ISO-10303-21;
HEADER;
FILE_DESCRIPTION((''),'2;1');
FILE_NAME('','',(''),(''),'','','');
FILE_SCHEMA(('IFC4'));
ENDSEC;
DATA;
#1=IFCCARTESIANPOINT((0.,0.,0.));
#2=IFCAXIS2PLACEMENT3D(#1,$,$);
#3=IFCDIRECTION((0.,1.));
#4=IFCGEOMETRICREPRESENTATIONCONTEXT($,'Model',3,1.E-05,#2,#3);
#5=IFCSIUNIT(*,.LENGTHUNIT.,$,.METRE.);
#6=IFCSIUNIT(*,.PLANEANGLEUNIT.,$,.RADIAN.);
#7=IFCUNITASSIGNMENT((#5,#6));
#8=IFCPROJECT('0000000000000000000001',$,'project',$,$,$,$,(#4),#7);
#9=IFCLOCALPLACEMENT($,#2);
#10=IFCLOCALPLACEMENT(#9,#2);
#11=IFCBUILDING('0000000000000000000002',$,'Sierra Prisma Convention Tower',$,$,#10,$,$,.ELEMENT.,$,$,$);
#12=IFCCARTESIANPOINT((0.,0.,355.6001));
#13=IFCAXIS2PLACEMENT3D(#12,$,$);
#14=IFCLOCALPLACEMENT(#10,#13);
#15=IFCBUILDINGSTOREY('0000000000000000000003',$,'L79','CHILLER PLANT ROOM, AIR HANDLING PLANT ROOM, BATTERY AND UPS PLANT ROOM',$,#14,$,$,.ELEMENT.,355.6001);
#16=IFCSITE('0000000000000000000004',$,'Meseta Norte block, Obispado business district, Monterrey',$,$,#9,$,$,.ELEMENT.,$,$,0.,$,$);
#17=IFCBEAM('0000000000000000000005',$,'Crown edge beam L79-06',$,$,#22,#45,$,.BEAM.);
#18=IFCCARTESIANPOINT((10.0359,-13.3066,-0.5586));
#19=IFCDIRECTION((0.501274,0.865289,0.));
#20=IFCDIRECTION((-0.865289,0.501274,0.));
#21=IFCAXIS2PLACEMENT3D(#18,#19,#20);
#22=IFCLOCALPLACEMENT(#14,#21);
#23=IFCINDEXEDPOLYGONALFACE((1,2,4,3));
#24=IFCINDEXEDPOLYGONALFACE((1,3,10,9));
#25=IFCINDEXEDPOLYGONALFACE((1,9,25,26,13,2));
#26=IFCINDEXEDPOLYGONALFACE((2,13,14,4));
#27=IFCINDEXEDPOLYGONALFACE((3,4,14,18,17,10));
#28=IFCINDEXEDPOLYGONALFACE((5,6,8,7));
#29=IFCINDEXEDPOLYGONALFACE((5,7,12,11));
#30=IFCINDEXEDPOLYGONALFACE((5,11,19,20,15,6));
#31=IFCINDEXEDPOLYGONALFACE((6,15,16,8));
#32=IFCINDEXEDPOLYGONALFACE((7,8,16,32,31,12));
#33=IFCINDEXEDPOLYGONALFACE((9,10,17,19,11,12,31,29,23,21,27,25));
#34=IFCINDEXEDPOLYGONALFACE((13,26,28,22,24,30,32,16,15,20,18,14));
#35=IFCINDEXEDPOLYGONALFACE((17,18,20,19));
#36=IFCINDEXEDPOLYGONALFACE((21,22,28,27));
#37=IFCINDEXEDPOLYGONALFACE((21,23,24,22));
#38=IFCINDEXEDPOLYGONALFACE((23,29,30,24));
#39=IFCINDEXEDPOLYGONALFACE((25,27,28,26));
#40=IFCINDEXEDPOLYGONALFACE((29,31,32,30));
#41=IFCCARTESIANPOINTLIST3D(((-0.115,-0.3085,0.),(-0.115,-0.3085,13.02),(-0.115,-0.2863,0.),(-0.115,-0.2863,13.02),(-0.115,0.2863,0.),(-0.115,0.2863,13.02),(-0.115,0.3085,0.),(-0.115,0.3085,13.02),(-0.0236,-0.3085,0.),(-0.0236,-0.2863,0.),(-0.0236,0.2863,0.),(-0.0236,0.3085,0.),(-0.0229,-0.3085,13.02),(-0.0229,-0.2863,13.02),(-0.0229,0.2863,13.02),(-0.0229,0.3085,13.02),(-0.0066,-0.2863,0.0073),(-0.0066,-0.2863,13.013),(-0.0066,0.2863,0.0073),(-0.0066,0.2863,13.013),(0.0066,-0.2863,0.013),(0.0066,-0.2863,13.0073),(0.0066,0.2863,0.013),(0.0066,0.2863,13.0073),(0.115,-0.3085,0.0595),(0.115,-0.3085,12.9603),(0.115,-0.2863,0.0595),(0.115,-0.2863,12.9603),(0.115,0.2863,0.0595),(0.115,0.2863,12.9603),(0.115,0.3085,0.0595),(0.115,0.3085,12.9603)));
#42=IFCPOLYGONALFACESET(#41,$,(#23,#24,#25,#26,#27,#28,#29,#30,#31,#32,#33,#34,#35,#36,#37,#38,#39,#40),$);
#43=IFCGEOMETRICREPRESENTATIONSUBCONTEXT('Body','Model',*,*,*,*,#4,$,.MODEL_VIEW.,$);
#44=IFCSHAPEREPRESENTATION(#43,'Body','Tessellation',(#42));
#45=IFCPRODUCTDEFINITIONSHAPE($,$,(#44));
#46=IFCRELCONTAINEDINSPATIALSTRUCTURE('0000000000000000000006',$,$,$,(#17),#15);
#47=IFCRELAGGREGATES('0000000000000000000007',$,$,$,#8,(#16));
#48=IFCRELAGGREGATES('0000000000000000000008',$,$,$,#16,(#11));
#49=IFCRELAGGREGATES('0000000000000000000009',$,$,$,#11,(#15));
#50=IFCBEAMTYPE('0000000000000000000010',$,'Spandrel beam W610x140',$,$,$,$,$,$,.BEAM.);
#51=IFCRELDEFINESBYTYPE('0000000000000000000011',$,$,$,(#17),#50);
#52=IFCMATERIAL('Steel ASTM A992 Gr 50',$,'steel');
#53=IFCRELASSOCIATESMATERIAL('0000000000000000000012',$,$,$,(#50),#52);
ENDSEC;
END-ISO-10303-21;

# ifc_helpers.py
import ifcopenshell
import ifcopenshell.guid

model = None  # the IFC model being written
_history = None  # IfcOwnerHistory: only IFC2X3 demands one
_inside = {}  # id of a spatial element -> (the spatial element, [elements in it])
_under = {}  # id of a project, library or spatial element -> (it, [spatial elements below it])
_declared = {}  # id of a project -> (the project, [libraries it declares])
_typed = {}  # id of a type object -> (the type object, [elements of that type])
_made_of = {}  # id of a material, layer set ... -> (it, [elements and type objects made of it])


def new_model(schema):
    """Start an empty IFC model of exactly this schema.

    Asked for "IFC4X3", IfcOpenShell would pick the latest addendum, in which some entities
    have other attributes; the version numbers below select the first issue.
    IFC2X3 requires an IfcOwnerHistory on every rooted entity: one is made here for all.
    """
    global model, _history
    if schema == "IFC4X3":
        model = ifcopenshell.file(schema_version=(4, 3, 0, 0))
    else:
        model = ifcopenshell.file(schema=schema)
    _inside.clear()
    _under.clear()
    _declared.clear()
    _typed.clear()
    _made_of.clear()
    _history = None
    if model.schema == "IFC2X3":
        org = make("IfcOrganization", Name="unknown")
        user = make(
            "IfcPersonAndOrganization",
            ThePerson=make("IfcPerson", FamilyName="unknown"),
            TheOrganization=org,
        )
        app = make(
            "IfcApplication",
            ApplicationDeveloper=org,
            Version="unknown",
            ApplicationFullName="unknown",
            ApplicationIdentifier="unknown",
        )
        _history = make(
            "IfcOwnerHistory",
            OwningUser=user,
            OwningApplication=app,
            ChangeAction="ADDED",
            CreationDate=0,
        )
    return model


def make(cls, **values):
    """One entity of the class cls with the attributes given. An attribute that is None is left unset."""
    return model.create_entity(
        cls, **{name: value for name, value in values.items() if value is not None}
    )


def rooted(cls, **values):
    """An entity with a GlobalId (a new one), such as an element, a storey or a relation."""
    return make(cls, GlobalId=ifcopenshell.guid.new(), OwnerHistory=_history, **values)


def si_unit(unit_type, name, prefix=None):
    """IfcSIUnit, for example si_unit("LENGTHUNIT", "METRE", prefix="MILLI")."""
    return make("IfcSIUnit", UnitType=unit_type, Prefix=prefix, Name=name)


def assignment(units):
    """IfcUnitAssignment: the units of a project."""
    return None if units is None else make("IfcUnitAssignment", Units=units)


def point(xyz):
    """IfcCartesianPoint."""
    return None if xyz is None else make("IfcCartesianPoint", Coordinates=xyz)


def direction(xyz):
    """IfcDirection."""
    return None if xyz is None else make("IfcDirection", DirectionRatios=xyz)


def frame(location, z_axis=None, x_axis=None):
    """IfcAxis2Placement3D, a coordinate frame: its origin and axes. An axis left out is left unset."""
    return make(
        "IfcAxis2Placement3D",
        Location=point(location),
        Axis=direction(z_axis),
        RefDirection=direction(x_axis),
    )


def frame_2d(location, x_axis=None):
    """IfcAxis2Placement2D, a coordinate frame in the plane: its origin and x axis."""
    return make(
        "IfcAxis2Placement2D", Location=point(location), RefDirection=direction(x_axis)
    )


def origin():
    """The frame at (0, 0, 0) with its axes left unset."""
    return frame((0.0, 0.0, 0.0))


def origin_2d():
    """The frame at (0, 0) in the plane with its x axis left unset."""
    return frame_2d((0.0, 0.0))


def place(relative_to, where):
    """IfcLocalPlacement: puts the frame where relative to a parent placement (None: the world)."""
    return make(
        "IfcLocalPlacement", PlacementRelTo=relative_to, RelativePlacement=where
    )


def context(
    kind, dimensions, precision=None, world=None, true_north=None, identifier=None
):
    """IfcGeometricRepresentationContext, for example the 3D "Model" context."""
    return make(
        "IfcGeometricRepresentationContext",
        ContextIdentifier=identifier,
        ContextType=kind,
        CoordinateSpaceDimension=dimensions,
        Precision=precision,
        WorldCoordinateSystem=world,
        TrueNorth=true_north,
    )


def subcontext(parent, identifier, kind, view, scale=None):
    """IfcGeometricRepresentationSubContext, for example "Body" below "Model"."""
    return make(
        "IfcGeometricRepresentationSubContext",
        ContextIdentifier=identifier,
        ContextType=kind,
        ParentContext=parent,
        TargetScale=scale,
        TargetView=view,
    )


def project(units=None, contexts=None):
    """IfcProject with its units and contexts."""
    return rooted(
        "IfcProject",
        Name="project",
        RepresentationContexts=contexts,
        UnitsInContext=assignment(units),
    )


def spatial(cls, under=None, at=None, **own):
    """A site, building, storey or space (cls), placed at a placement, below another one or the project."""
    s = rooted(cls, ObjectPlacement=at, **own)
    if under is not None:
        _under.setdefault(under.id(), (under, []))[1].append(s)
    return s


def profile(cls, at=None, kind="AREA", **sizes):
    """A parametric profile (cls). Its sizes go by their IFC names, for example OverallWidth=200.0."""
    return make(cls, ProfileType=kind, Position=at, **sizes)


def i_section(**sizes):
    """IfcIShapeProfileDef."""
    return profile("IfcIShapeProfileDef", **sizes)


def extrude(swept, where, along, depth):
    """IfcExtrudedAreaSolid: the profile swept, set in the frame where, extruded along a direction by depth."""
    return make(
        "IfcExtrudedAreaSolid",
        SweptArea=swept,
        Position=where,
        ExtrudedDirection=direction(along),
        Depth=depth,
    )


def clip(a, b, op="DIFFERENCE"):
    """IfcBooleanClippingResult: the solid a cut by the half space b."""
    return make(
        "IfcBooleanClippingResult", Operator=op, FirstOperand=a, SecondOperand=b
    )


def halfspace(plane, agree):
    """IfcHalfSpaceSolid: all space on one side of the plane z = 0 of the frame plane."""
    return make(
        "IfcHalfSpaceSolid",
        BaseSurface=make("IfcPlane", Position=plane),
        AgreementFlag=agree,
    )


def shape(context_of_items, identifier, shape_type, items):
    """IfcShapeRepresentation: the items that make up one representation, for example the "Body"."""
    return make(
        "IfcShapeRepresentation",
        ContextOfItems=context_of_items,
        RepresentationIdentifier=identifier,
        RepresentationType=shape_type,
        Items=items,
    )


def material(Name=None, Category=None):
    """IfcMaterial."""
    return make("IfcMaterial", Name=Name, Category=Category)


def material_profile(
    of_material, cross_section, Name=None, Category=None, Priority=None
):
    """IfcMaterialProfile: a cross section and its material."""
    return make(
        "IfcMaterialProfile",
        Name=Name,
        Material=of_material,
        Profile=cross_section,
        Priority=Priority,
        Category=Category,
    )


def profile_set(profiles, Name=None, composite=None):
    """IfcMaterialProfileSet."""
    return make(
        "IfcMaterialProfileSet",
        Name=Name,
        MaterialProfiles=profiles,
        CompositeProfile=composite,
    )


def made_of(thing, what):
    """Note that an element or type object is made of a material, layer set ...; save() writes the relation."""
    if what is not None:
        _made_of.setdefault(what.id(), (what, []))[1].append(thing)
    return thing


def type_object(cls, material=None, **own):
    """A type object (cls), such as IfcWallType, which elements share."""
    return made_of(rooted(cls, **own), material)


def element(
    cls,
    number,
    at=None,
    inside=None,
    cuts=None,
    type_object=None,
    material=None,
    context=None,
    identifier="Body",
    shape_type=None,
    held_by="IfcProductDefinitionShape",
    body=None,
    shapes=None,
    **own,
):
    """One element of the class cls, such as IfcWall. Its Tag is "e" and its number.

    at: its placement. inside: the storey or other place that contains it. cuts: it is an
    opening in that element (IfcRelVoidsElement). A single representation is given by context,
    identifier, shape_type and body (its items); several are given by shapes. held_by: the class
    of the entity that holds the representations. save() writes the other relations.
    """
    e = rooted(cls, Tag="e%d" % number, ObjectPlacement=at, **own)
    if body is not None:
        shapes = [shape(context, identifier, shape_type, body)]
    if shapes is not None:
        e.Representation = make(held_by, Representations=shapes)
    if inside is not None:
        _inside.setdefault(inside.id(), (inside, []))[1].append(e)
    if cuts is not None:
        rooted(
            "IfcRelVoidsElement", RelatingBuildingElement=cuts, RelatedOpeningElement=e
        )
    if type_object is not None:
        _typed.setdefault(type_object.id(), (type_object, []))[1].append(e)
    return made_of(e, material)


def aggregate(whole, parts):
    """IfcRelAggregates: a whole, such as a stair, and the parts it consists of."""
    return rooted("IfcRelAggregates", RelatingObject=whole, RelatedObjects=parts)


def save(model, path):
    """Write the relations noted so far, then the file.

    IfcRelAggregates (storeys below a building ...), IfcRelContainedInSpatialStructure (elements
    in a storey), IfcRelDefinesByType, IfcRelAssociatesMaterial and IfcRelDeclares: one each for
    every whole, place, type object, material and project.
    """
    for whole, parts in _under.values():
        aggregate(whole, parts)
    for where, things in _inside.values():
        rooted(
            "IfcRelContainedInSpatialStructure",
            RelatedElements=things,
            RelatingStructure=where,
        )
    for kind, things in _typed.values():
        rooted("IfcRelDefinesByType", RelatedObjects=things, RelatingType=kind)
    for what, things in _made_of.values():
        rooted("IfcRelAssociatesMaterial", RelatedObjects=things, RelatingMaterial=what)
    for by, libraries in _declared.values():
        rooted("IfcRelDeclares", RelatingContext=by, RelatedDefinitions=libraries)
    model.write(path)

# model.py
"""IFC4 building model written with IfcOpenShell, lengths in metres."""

from ifc_helpers import new_model, si_unit, direction, frame, origin, origin_2d, place, context, subcontext, project, spatial, i_section, extrude, clip, halfspace, material, material_profile, profile_set, type_object, element, save


model = new_model("IFC4")

# Units and contexts
model_context = context("Model", 3, precision=1e-05, world=origin(), true_north=direction((0.0, 1.0)))
body_context = subcontext(model_context, "Body", "Model", "MODEL_VIEW")
ifc_project = project(units=[si_unit("LENGTHUNIT", "METRE"), si_unit("PLANEANGLEUNIT", "RADIAN")], contexts=[model_context])

# Site, building, storey
site_placement = place(None, origin())
site = spatial("IfcSite", under=ifc_project, at=site_placement, Name="Meseta Norte block, Obispado business district, Monterrey", CompositionType="ELEMENT", RefElevation=0.0)
building_placement = place(site_placement, origin())
building = spatial("IfcBuilding", under=site, at=building_placement, Name="Sierra Prisma Convention Tower", CompositionType="ELEMENT")
storey_placement = place(building_placement, frame((0.0, 0.0, 355.6001)))
storey = spatial("IfcBuildingStorey", under=building, at=storey_placement, Name="L79", Description="CHILLER PLANT ROOM, AIR HANDLING PLANT ROOM, BATTERY AND UPS PLANT ROOM", CompositionType="ELEMENT", Elevation=355.6001)

# Beam
ifc_material_1 = material(Name="Steel ASTM A992 Gr 50", Category="steel")
ifc_material_profile_1 = material_profile(ifc_material_1, i_section(OverallWidth=0.23, OverallDepth=0.6169, WebThickness=0.0132, FlangeThickness=0.0222, at=origin_2d()), Name="W610x140")
ifc_profile_set_1 = profile_set([ifc_material_profile_1], Name="Steel ASTM A992 Gr 50")
beam_type_1 = type_object("IfcBeamType", Name="Spandrel beam W610x140", PredefinedType="BEAM", material=ifc_profile_set_1)
beam_1_placement = place(storey_placement, frame((10.0359, -13.3066, -0.5586), z_axis=(0.501274, 0.865289, 0.0), x_axis=(-0.865289, 0.501274, 0.0)))
element("IfcBeam", 1, at=beam_1_placement, inside=storey, type_object=beam_type_1, Name="Crown edge beam L79-06", PredefinedType="BEAM", context=body_context, shape_type="SweptSolid", body=[
    clip(clip(extrude(i_section(OverallWidth=0.23, OverallDepth=0.6169, WebThickness=0.0132, FlangeThickness=0.0222, at=origin_2d()), origin(), (0.0, 0.0, 1.0), 13.02), halfspace(frame((-0.0452, 0.0, -0.0093), z_axis=(-0.394778, 0.0, 0.918776), x_axis=(0.918776, 0.0, 0.394778)), True)), halfspace(frame((-0.0454, 0.0, 13.0298), z_axis=(-0.39748, 0.0, -0.917611), x_axis=(0.917611, 0.0, -0.39748)), True)),
])

save(model, "model.ifc")
